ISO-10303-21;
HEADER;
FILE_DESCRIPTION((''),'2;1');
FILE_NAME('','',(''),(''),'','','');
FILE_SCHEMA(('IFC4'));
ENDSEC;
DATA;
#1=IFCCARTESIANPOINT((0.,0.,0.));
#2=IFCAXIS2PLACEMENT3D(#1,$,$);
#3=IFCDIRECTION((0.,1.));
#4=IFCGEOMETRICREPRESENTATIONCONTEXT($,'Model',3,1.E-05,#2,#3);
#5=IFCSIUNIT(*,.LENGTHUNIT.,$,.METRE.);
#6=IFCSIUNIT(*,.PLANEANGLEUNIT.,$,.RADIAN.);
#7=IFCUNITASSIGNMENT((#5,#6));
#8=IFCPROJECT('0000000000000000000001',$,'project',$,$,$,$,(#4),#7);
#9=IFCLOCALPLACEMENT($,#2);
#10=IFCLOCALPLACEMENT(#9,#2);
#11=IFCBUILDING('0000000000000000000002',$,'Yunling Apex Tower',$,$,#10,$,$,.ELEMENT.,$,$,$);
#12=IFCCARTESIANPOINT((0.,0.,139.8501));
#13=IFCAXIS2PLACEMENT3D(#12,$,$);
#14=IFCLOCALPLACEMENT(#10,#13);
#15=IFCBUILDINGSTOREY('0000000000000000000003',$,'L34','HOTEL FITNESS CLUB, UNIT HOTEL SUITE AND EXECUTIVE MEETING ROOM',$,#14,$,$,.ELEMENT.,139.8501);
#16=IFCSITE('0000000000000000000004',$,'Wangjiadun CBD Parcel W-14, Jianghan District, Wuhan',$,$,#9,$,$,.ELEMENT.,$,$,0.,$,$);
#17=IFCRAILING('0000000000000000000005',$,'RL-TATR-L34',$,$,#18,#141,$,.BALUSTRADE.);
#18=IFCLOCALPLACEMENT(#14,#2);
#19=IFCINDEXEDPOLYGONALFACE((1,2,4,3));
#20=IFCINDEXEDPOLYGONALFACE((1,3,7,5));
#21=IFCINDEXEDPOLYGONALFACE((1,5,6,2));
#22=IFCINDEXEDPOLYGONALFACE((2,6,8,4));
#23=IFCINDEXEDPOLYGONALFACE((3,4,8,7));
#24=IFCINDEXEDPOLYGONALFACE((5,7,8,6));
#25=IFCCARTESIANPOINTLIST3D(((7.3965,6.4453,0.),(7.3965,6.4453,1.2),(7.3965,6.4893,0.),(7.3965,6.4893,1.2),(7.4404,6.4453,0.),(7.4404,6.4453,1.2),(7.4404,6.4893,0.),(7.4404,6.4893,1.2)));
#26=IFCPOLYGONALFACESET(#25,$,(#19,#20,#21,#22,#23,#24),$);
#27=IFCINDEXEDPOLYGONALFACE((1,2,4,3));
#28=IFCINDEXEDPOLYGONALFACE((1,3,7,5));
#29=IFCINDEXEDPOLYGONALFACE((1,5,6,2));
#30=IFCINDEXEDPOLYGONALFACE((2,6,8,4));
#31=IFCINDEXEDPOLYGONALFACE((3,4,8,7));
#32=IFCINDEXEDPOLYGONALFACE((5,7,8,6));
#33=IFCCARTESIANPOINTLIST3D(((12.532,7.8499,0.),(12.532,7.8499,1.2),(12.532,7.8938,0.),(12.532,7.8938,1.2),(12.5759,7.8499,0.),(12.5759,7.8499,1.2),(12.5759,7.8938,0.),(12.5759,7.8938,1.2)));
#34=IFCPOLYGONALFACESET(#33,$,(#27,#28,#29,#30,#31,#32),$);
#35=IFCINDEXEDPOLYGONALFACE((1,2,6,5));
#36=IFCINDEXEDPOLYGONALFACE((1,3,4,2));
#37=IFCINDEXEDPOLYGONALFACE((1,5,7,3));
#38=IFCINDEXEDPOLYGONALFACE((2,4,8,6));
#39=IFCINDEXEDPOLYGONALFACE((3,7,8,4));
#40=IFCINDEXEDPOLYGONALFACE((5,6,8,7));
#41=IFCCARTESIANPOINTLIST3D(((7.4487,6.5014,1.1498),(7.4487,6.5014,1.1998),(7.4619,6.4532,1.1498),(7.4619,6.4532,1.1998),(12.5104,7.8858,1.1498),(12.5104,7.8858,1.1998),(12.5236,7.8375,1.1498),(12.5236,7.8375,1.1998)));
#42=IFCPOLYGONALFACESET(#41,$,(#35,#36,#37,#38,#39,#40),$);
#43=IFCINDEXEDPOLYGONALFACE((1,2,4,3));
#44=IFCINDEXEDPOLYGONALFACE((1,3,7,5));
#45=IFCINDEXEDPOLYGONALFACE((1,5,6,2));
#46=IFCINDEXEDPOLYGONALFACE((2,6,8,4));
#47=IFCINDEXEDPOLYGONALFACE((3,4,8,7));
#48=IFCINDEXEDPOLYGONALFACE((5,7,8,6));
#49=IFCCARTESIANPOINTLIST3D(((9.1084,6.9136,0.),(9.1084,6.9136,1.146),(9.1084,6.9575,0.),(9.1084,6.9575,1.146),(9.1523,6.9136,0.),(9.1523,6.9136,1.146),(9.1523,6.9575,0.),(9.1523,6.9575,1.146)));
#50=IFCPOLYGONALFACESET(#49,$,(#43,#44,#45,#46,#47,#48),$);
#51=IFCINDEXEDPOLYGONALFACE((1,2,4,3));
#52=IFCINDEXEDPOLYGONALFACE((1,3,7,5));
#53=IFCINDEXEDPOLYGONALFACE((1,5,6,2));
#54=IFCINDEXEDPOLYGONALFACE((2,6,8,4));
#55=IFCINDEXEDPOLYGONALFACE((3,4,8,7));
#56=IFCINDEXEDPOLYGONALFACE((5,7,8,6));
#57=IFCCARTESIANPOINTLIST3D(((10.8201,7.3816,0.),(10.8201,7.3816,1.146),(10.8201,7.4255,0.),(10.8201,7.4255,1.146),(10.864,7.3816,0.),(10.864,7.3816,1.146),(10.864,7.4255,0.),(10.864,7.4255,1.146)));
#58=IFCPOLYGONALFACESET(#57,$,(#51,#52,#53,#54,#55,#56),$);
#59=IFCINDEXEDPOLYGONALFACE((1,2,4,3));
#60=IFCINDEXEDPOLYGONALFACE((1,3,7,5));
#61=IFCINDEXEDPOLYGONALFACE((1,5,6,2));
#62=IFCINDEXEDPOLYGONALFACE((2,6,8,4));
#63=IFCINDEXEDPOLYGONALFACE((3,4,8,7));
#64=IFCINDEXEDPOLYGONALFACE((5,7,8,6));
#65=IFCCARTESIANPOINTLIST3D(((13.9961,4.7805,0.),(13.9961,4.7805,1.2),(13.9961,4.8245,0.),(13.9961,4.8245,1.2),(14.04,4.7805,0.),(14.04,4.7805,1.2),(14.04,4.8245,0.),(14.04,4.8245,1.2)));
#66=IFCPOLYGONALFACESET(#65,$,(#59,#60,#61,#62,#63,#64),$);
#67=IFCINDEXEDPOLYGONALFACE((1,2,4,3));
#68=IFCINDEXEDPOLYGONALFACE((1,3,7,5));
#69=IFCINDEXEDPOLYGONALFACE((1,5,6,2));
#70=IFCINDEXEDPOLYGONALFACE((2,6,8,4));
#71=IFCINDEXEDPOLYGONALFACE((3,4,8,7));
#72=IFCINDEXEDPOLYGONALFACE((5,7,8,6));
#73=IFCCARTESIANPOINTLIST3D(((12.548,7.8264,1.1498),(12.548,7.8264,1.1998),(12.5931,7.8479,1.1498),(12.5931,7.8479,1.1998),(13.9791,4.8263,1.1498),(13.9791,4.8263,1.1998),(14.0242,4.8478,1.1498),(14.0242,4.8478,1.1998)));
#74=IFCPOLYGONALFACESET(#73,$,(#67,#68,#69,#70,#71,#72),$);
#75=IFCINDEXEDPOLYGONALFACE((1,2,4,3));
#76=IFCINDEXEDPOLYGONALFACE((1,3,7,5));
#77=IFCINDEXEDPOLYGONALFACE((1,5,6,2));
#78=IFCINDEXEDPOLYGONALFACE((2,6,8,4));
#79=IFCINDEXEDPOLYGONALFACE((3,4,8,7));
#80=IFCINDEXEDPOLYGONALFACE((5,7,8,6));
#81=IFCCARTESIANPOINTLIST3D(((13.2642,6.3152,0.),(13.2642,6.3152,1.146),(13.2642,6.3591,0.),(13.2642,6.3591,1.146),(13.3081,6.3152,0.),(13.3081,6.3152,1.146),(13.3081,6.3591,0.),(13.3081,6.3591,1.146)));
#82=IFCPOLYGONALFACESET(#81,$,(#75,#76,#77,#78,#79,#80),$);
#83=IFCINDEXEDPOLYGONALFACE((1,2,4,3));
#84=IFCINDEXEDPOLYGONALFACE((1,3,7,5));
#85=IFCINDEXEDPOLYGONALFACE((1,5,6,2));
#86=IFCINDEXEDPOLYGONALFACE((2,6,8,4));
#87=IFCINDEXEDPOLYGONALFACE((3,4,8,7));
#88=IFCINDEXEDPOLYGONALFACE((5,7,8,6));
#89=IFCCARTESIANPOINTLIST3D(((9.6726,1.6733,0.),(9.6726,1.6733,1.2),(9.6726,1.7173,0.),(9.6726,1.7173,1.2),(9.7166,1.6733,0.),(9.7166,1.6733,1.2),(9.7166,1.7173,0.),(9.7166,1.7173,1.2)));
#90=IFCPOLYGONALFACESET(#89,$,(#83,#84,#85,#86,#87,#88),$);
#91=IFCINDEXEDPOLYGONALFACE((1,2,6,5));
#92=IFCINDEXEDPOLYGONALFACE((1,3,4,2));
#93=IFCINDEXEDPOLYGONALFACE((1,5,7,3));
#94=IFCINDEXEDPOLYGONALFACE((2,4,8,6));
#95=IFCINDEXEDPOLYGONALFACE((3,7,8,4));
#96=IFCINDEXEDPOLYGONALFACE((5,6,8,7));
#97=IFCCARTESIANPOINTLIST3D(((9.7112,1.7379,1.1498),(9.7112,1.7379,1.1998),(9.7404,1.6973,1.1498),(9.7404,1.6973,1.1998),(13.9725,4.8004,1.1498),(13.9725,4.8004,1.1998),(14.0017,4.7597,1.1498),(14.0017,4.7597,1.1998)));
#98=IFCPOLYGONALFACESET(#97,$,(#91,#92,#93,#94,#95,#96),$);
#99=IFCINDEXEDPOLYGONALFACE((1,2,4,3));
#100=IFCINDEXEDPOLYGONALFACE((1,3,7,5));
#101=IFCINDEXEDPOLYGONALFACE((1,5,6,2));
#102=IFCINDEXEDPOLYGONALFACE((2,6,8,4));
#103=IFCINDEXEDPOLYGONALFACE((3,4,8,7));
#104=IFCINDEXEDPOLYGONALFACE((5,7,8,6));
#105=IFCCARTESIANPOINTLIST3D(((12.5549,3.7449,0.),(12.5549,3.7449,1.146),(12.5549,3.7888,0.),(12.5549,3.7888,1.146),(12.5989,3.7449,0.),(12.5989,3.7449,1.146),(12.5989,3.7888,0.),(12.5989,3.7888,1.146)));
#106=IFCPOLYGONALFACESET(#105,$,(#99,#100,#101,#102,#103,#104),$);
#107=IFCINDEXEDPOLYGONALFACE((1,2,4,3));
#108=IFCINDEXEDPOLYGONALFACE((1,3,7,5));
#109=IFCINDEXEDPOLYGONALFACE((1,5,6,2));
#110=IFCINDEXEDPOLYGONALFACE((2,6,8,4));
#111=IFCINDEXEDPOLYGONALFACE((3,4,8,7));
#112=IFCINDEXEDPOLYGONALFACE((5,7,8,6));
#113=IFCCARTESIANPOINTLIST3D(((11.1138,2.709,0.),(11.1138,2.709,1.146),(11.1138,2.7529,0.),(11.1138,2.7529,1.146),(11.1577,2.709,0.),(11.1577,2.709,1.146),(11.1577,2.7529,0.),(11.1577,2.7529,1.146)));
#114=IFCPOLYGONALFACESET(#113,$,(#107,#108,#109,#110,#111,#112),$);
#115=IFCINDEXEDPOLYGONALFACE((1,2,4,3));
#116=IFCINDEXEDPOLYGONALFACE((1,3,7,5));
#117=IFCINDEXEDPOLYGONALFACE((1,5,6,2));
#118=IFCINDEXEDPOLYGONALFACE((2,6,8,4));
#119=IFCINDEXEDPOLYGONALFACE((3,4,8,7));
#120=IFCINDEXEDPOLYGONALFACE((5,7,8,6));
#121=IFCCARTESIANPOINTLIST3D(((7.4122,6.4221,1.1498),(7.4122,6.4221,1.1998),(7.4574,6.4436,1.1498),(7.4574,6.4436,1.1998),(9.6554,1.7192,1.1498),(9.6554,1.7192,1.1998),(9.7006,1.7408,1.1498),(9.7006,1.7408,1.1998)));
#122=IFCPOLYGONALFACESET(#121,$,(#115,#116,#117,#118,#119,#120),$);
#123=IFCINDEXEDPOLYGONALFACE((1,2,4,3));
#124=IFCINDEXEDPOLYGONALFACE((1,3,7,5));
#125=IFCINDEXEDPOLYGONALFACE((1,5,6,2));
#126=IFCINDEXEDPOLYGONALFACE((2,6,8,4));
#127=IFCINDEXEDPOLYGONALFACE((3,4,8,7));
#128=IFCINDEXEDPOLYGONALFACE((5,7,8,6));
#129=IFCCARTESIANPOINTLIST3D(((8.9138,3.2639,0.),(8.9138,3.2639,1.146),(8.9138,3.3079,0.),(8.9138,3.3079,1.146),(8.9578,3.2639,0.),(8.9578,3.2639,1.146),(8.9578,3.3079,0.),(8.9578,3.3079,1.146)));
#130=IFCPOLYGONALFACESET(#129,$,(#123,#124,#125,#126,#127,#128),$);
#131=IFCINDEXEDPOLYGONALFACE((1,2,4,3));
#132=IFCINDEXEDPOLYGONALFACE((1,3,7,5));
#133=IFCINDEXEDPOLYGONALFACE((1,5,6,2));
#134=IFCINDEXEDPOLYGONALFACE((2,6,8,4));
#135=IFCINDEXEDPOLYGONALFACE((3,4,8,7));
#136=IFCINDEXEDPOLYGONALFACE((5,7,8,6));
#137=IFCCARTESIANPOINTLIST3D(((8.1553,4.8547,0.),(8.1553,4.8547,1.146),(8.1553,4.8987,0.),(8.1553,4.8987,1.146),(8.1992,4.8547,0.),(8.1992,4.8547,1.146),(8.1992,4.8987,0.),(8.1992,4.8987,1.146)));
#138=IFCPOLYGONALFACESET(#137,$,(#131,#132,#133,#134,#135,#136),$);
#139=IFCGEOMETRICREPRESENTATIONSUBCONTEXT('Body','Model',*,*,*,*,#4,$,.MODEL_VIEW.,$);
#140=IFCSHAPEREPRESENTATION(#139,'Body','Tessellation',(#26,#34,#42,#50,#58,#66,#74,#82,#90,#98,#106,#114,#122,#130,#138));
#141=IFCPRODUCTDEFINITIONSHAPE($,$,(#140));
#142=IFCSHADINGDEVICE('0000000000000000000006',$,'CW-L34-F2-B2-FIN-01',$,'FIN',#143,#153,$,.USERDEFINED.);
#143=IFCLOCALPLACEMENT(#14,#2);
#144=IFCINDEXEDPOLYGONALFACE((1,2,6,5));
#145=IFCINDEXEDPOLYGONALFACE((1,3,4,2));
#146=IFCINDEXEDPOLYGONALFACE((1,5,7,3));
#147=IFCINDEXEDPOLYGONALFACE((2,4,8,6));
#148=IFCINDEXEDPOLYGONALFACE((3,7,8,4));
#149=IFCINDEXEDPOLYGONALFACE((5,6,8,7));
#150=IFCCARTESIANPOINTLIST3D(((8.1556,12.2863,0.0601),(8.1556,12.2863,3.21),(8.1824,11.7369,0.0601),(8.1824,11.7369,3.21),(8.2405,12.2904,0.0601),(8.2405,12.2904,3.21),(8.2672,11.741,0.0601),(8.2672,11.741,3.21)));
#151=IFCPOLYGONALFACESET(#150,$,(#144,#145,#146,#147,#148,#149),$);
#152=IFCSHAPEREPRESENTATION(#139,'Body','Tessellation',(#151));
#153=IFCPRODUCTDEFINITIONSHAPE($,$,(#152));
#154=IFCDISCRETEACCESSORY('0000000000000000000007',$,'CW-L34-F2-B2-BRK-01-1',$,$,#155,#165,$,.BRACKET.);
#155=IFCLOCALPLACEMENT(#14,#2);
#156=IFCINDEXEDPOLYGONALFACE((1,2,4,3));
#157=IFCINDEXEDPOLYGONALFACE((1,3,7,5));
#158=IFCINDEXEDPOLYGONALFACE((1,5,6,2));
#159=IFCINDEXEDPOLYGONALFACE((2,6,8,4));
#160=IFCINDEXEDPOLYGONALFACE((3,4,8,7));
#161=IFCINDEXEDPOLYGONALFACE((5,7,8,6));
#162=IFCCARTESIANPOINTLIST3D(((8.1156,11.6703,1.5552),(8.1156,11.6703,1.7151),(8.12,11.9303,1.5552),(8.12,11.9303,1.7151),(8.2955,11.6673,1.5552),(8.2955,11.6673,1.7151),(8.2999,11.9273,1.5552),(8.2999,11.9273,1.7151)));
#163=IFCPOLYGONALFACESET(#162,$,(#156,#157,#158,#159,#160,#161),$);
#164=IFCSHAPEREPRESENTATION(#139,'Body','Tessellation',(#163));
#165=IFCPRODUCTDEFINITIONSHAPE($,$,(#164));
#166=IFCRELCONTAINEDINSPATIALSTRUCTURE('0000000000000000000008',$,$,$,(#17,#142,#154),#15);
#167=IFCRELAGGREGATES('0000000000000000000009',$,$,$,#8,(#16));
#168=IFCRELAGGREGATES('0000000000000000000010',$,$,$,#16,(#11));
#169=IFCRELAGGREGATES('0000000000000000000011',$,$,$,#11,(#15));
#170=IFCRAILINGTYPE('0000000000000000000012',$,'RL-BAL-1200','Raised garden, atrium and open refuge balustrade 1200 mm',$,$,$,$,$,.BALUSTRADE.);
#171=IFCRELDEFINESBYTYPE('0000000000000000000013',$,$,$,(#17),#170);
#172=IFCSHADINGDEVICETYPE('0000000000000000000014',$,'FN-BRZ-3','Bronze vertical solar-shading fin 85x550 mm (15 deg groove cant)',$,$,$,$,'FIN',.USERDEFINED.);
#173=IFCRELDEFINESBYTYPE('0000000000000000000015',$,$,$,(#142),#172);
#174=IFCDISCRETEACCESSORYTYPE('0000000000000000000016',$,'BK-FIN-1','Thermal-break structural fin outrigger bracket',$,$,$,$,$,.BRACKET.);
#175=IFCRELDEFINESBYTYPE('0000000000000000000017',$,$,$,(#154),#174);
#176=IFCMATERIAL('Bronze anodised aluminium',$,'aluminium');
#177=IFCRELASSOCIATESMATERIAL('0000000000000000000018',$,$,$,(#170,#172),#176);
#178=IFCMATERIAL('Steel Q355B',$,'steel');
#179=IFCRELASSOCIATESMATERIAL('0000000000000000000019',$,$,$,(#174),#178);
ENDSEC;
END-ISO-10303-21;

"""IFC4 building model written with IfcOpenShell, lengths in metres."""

from ifc_helpers import new_model, si_unit, direction, frame, origin, origin_2d, place, context, subcontext, project, spatial, rectangle, extrude, source, transform, mapped, material, material_profile, profile_set, type_object, element, save


model = new_model("IFC4")

# Units and contexts
model_context = context("Model", 3, precision=1e-05, world=origin(), true_north=direction((0.0, 1.0)))
body_context = subcontext(model_context, "Body", "Model", "MODEL_VIEW")
ifc_project = project(units=[si_unit("LENGTHUNIT", "METRE"), si_unit("PLANEANGLEUNIT", "RADIAN")], contexts=[model_context])

# Site, building, storey
site_placement = place(None, origin())
site = spatial("IfcSite", under=ifc_project, at=site_placement, Name="Wangjiadun CBD Parcel W-14, Jianghan District, Wuhan", CompositionType="ELEMENT", RefElevation=0.0)
building_placement = place(site_placement, origin())
building = spatial("IfcBuilding", under=site, at=building_placement, Name="Yunling Apex Tower", CompositionType="ELEMENT")
storey_placement = place(building_placement, frame((0.0, 0.0, 139.8501)))
storey = spatial("IfcBuildingStorey", under=building, at=storey_placement, Name="L34", Description="HOTEL FITNESS CLUB, UNIT HOTEL SUITE AND EXECUTIVE MEETING ROOM", CompositionType="ELEMENT", Elevation=139.8501)

# Shared definitions
ifc_material_1 = material(Name="Steel Q355B", Category="steel")

# Shared definitions
ifc_material_2 = material(Name="Bronze anodised aluminium", Category="aluminium")

# Railing
railing_type = type_object("IfcRailingType", Name="RL-BAL-1200", Description="Raised garden, atrium and open refuge balustrade 1200 mm", PredefinedType="BALUSTRADE", material=ifc_material_2)
railing_1_placement = place(storey_placement, frame((7.4185, 6.4673, 0.0)))
element("IfcRailing", 1, at=railing_1_placement, inside=storey, type_object=railing_type, Name="RL-TATR-L34", PredefinedType="BALUSTRADE", context=body_context, shape_type="SweptSolid", body=[
    extrude(rectangle(XDim=0.0439, YDim=0.0439, at=origin_2d()), origin(), (0.0, 0.0, 1.0), 1.2),
    extrude(rectangle(XDim=0.0439, YDim=0.0439, at=origin_2d()), frame((5.1355, 1.4045, 0.0)), (0.0, 0.0, 1.0), 1.2),
    extrude(rectangle(XDim=0.05, YDim=0.05, at=origin_2d()), frame((0.0369, 0.01, 1.1748), z_axis=(0.964575, 0.263808, 0.0), x_axis=(-0.263808, 0.964575, 0.0)), (0.0, 0.0, 1.0), 5.2476),
    extrude(rectangle(XDim=0.0439, YDim=0.0439, at=origin_2d()), frame((1.7119, 0.4683, 0.0)), (0.0, 0.0, 1.0), 1.146),
    extrude(rectangle(XDim=0.0439, YDim=0.0439, at=origin_2d()), frame((3.4236, 0.9363, 0.0)), (0.0, 0.0, 1.0), 1.146),
    extrude(rectangle(XDim=0.0439, YDim=0.0439, at=origin_2d()), frame((6.5996, -1.6648, 0.0)), (0.0, 0.0, 1.0), 1.2),
    extrude(rectangle(XDim=0.05, YDim=0.05, at=origin_2d()), frame((5.1521, 1.3699, 1.1748), z_axis=(0.430538, -0.902572, 0.0), x_axis=(0.902572, 0.430538, 0.0)), (0.0, 0.0, 1.0), 3.324),
    extrude(rectangle(XDim=0.0439, YDim=0.0439, at=origin_2d()), frame((5.8677, -0.1301, 0.0)), (0.0, 0.0, 1.0), 1.146),
    extrude(rectangle(XDim=0.0439, YDim=0.0439, at=origin_2d()), frame((2.2761, -4.772, 0.0)), (0.0, 0.0, 1.0), 1.2),
    extrude(rectangle(XDim=0.05, YDim=0.05, at=origin_2d()), frame((6.5686, -1.6873, 1.1748), z_axis=(-0.812045, -0.583595, 0.0), x_axis=(0.583595, -0.812045, 0.0)), (0.0, 0.0, 1.0), 5.2476),
    extrude(rectangle(XDim=0.0439, YDim=0.0439, at=origin_2d()), frame((5.1584, -2.7004, 0.0)), (0.0, 0.0, 1.0), 1.146),
    extrude(rectangle(XDim=0.0439, YDim=0.0439, at=origin_2d()), frame((3.7173, -3.7363, 0.0)), (0.0, 0.0, 1.0), 1.146),
    extrude(rectangle(XDim=0.05, YDim=0.05, at=origin_2d()), frame((2.2595, -4.7373, 1.1748), z_axis=(-0.430512, 0.902585, 0.0), x_axis=(-0.902585, -0.430512, 0.0)), (0.0, 0.0, 1.0), 5.2104),
    extrude(rectangle(XDim=0.0439, YDim=0.0439, at=origin_2d()), frame((1.5173, -3.1814, 0.0)), (0.0, 0.0, 1.0), 1.146),
    extrude(rectangle(XDim=0.0439, YDim=0.0439, at=origin_2d()), frame((0.7588, -1.5906, 0.0)), (0.0, 0.0, 1.0), 1.146),
])

# Shading device
ifc_material_profile_1 = material_profile(ifc_material_2, rectangle(XDim=0.085, YDim=0.55, at=origin_2d()))
ifc_profile_set_1 = profile_set([ifc_material_profile_1], Name="Bronze anodised aluminium")
shading_device_type = type_object("IfcShadingDeviceType", Name="FN-BRZ-3", Description="Bronze vertical solar-shading fin 85x550 mm (15 deg groove cant)", ElementType="FIN", PredefinedType="USERDEFINED", material=ifc_profile_set_1)
shared_shape_1 = source(origin(), body_context, "Body", "SweptSolid", [
    extrude(rectangle(XDim=0.085, YDim=0.55, at=origin_2d()), origin(), (0.0, 0.0, 1.0), 3.1499),
])
shading_device_placement = place(storey_placement, frame((8.2114, 12.0137, 0.0601), z_axis=(0.0, 0.0, 1.0), x_axis=(-0.998815, -0.048675, 0.0)))
element("IfcShadingDevice", 2, at=shading_device_placement, inside=storey, type_object=shading_device_type, Name="CW-L34-F2-B2-FIN-01", ObjectType="FIN", PredefinedType="USERDEFINED", context=body_context, shape_type="MappedRepresentation", body=[
    mapped(shared_shape_1, transform((0.0, 0.0, 0.0), scale=1.0)),
])

# Discrete accessory
discrete_accessory_type = type_object("IfcDiscreteAccessoryType", Name="BK-FIN-1", Description="Thermal-break structural fin outrigger bracket", PredefinedType="BRACKET", material=ifc_material_1)
shared_shape_2 = source(origin(), body_context, "Body", "SweptSolid", [
    extrude(rectangle(XDim=0.1799, YDim=0.26, at=origin_2d()), origin(), (0.0, 0.0, 1.0), 0.1599),
])
discrete_accessory_placement = place(storey_placement, frame((8.2078, 11.7988, 1.5552), z_axis=(0.0, 0.0, 1.0), x_axis=(-0.99986, 0.016754, 0.0)))
element("IfcDiscreteAccessory", 3, at=discrete_accessory_placement, inside=storey, type_object=discrete_accessory_type, Name="CW-L34-F2-B2-BRK-01-1", PredefinedType="BRACKET", context=body_context, shape_type="MappedRepresentation", body=[
    mapped(shared_shape_2, transform((0.0, 0.0, 0.0), scale=1.0)),
])

save(model, "model.ifc")
